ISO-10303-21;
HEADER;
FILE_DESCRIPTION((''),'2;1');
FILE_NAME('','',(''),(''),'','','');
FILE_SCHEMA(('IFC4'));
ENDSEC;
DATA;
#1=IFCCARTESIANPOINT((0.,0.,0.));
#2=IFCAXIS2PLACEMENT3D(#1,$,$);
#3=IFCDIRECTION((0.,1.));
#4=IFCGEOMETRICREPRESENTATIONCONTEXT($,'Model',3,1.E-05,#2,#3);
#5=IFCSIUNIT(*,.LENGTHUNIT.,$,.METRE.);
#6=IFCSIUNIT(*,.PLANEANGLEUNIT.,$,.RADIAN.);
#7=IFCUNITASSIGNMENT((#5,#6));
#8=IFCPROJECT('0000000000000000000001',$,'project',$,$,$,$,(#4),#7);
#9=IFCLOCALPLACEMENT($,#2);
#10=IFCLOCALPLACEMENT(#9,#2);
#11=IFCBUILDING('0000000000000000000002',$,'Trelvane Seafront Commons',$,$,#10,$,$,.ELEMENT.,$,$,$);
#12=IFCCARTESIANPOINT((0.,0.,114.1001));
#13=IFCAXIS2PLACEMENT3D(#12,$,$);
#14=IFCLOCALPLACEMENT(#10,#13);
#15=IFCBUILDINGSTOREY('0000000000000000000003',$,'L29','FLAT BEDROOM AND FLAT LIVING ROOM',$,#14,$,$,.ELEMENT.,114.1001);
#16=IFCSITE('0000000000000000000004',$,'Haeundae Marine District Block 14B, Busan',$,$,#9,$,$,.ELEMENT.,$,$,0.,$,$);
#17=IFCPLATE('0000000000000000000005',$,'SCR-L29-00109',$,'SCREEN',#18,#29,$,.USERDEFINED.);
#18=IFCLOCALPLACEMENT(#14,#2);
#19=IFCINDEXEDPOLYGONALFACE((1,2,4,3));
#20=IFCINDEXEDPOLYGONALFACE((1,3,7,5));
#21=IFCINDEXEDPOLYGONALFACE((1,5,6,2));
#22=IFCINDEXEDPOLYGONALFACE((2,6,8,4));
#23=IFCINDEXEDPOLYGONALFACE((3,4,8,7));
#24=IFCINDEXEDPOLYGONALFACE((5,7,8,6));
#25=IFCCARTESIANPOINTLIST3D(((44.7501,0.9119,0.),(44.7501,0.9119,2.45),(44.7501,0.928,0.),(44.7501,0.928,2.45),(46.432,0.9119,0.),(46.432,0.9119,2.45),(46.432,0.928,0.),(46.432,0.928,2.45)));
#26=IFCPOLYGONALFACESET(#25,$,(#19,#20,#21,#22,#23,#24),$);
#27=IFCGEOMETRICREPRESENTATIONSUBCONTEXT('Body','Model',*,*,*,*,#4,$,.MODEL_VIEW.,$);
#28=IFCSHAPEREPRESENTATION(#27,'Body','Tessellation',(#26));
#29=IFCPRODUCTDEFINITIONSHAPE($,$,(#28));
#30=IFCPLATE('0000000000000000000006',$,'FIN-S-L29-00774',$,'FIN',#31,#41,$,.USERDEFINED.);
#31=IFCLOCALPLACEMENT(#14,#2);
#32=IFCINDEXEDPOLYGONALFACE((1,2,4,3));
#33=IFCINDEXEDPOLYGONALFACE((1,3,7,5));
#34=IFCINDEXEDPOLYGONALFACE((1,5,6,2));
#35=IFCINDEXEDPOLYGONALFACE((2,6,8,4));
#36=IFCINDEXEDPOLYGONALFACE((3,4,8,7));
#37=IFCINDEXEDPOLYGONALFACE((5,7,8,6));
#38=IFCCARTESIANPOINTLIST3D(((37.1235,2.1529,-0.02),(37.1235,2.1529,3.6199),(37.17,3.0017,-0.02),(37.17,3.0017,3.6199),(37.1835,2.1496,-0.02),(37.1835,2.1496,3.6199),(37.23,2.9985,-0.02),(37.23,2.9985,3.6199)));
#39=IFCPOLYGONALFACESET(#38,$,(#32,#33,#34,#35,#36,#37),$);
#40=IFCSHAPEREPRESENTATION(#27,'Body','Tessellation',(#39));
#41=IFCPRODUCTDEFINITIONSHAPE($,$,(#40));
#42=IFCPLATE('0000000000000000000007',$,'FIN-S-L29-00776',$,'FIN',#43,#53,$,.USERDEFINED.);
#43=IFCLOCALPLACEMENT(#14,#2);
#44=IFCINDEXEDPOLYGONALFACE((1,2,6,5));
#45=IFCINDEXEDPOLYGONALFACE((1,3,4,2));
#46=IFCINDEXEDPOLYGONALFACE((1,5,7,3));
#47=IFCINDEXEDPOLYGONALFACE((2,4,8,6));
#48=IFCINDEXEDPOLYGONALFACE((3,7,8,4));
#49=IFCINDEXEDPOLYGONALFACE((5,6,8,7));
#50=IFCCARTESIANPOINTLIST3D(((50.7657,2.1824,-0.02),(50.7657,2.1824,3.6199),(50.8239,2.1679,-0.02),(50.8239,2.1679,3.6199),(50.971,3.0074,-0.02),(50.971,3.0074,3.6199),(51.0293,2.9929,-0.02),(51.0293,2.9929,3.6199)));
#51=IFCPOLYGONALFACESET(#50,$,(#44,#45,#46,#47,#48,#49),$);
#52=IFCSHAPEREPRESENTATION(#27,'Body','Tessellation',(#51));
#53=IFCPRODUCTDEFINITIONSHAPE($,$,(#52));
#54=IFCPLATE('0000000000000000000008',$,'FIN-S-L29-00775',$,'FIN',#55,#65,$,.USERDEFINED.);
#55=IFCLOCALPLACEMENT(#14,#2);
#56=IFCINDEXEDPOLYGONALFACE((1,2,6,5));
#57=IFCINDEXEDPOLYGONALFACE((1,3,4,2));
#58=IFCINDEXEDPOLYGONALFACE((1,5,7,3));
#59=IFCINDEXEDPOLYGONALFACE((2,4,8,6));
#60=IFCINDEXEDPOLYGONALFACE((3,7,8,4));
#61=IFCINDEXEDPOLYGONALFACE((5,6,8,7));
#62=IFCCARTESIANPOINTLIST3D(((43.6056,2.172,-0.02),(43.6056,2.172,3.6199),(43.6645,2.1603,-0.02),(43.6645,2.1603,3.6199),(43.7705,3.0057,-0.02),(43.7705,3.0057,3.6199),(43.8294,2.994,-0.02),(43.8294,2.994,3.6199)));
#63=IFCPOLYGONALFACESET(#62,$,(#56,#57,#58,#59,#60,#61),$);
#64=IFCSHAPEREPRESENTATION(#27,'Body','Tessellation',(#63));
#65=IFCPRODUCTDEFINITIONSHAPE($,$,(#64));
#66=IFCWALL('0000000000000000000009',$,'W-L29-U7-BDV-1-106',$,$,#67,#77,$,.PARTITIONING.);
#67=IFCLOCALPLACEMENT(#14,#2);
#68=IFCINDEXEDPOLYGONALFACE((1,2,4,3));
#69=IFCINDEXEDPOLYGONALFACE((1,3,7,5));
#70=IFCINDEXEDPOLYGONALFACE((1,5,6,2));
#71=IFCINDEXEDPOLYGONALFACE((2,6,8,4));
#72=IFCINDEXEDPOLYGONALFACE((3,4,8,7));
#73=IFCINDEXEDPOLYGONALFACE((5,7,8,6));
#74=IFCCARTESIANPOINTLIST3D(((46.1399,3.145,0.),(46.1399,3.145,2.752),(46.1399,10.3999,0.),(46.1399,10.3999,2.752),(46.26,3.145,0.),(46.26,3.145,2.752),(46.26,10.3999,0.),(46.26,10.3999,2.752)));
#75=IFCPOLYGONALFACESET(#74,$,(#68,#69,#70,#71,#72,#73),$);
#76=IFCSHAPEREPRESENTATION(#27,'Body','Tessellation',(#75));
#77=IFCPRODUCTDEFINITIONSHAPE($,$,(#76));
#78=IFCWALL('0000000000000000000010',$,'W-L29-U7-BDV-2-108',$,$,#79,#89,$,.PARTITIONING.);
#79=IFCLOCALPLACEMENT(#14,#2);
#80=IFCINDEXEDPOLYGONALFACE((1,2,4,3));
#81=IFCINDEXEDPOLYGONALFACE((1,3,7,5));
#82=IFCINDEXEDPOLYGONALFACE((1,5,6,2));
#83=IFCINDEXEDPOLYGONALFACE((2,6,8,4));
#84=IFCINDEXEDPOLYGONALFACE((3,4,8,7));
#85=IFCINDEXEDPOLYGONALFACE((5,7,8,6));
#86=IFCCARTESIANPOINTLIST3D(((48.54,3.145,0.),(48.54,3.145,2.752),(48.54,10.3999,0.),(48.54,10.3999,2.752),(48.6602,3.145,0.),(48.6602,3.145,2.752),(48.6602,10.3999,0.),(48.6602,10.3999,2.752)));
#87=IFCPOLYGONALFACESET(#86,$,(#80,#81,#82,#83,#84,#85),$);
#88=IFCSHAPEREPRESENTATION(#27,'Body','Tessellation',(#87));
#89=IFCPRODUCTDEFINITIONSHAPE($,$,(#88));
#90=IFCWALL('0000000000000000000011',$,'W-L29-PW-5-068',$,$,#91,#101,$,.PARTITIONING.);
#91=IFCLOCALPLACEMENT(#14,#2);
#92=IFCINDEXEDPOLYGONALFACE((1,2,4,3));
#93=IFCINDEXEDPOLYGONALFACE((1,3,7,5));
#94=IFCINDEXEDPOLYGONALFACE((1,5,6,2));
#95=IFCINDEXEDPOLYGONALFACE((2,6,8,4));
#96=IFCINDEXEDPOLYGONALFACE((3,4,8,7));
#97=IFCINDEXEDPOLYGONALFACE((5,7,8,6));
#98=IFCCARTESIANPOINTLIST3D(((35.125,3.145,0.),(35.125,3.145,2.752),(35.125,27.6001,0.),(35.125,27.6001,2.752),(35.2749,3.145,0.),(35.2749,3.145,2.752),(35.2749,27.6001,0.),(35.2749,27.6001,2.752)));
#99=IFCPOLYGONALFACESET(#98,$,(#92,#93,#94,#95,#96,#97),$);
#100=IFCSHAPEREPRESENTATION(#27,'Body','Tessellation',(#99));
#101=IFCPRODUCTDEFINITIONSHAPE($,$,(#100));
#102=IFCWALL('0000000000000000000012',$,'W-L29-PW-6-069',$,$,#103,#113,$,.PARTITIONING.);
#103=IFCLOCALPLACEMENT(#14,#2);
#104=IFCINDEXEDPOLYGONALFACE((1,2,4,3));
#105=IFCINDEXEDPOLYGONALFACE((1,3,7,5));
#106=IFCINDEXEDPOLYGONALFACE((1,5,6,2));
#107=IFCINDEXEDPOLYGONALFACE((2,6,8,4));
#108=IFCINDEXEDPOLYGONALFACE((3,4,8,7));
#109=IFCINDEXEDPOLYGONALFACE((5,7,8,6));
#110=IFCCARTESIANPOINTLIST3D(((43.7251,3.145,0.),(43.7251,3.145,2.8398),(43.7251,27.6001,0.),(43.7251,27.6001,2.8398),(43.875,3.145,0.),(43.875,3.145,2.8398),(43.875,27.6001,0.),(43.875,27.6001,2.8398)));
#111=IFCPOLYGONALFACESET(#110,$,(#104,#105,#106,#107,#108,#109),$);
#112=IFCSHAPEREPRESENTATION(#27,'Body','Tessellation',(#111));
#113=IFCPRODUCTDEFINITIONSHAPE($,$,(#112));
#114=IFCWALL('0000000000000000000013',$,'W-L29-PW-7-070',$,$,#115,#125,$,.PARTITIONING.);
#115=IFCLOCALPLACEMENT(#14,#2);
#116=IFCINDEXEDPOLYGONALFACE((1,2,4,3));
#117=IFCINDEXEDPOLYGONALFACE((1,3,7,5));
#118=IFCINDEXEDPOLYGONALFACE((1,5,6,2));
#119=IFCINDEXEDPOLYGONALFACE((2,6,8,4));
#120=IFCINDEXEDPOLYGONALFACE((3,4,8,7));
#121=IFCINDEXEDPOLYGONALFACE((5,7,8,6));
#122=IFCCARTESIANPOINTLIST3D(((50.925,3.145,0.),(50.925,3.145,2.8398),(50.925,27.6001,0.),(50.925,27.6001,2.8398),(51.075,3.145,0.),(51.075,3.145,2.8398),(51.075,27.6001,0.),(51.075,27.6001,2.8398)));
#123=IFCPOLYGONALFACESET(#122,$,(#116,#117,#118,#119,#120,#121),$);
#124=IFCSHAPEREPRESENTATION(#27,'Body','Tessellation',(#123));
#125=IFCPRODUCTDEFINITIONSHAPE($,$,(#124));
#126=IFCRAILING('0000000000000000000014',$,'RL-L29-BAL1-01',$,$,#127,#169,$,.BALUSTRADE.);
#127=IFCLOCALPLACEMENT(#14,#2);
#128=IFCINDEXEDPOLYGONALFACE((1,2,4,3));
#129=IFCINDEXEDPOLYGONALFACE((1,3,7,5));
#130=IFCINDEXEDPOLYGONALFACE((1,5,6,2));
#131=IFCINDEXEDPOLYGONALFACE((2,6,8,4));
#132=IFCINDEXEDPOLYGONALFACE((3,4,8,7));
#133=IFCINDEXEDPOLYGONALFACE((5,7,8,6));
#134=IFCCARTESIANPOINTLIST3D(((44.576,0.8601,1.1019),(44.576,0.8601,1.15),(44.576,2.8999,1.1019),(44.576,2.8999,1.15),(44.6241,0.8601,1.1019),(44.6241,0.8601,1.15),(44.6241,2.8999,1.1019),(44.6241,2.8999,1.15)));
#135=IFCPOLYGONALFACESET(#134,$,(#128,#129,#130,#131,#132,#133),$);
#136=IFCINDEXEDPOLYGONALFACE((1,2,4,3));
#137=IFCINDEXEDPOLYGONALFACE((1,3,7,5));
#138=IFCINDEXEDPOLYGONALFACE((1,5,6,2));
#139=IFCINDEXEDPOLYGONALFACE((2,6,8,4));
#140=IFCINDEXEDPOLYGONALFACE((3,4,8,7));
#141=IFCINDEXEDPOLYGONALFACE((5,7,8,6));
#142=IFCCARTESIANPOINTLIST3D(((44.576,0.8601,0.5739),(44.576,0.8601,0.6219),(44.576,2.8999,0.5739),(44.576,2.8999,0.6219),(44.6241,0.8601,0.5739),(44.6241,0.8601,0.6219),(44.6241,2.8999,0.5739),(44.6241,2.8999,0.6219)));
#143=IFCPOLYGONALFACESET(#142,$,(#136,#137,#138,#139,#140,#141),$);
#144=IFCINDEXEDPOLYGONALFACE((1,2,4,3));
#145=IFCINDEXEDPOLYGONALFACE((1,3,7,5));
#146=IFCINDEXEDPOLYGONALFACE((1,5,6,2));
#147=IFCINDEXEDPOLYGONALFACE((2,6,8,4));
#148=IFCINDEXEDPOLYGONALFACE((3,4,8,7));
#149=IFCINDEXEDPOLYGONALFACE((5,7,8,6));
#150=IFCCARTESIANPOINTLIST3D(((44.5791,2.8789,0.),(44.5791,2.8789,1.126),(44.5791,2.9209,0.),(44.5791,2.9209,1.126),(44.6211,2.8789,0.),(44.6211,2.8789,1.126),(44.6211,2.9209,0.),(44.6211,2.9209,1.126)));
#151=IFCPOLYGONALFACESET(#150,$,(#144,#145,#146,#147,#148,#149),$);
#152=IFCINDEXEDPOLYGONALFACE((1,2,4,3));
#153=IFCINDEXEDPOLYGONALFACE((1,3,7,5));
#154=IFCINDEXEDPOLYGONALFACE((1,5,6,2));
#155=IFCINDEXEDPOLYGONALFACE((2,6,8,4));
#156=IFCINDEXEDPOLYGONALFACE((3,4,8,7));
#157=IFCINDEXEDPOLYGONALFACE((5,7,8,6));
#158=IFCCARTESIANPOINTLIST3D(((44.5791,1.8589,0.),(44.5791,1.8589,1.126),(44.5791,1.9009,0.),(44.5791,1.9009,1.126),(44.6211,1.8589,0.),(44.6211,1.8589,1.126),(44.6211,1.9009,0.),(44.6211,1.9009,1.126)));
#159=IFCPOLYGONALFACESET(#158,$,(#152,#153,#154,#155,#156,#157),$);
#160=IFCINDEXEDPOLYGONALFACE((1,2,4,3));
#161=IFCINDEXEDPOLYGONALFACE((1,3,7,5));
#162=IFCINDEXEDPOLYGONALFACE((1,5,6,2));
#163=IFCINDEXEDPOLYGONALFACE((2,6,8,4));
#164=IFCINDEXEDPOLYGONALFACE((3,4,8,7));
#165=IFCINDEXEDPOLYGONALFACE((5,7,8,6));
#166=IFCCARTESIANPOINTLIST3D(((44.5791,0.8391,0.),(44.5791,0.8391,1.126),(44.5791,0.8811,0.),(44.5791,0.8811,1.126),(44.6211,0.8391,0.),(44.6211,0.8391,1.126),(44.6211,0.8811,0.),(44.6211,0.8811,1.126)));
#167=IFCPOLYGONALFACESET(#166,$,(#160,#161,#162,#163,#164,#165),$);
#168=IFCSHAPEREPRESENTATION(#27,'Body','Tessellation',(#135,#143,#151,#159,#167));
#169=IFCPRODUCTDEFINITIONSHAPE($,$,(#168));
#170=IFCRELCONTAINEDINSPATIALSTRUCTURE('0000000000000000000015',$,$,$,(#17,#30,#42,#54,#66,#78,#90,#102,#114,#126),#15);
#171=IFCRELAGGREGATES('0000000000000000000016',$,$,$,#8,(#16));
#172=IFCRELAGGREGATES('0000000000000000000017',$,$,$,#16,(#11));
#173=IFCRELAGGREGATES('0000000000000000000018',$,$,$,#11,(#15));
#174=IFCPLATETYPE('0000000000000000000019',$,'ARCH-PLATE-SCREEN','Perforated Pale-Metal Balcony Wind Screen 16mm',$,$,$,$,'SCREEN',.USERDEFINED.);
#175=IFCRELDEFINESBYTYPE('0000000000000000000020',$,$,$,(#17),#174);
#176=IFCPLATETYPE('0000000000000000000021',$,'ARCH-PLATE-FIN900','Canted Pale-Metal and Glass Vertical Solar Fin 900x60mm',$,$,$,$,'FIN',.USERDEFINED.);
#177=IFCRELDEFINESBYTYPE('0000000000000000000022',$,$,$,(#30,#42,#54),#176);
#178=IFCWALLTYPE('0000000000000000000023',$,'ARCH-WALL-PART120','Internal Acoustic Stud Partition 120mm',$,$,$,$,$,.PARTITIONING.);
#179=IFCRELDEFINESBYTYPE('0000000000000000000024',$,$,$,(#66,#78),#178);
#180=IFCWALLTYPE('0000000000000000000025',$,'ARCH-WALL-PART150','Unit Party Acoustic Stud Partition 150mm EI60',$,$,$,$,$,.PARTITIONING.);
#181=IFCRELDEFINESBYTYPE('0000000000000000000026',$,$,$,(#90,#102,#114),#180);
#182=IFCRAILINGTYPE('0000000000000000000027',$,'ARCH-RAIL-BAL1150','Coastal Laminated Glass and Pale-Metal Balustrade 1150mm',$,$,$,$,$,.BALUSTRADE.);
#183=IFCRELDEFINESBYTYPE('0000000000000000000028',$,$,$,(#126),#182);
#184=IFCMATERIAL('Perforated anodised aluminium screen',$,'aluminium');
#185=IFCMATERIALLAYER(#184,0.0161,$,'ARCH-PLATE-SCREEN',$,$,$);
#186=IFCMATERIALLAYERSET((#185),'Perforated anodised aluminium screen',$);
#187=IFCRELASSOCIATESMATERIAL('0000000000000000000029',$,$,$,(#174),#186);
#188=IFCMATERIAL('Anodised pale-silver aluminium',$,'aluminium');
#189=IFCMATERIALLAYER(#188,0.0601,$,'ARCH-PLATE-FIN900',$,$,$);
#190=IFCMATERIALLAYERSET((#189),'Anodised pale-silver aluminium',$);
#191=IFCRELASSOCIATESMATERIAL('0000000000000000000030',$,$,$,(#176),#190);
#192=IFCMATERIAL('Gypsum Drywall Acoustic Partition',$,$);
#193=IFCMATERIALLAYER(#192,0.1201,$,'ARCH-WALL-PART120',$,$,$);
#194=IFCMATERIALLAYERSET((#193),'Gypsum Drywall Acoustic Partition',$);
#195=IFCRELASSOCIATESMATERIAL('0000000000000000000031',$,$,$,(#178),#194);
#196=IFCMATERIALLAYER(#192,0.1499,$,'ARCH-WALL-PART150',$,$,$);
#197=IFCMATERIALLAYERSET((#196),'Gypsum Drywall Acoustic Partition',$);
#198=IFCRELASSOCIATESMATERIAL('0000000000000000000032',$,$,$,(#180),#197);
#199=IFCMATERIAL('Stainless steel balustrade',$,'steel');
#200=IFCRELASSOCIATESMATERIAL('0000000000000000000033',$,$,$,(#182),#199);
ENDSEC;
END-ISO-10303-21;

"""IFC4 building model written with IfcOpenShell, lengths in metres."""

from ifc_helpers import new_model, si_unit, direction, frame, frame_2d, origin, origin_2d, place, context, subcontext, project, spatial, rectangle, extrude, source, transform, mapped, material, layer, layer_set, type_object, element, save


model = new_model("IFC4")

# Units and contexts
model_context = context("Model", 3, precision=1e-05, world=origin(), true_north=direction((0.0, 1.0)))
body_context = subcontext(model_context, "Body", "Model", "MODEL_VIEW")
ifc_project = project(units=[si_unit("LENGTHUNIT", "METRE"), si_unit("PLANEANGLEUNIT", "RADIAN")], contexts=[model_context])

# Site, building, storey
site_placement = place(None, origin())
site = spatial("IfcSite", under=ifc_project, at=site_placement, Name="Haeundae Marine District Block 14B, Busan", CompositionType="ELEMENT", RefElevation=0.0)
building_placement = place(site_placement, origin())
building = spatial("IfcBuilding", under=site, at=building_placement, Name="Trelvane Seafront Commons", CompositionType="ELEMENT")
storey_placement = place(building_placement, frame((0.0, 0.0, 114.1001)))
storey = spatial("IfcBuildingStorey", under=building, at=storey_placement, Name="L29", Description="FLAT BEDROOM AND FLAT LIVING ROOM", CompositionType="ELEMENT", Elevation=114.1001)

# Plates
ifc_material_1 = material(Name="Perforated anodised aluminium screen", Category="aluminium")
ifc_layer_1 = layer(ifc_material_1, 0.0161, Name="ARCH-PLATE-SCREEN")
ifc_layer_set_1 = layer_set([ifc_layer_1], Name="Perforated anodised aluminium screen")
plate_type_1 = type_object("IfcPlateType", Name="ARCH-PLATE-SCREEN", Description="Perforated Pale-Metal Balcony Wind Screen 16mm", ElementType="SCREEN", PredefinedType="USERDEFINED", material=ifc_layer_set_1)
shared_shape_1 = source(origin(), body_context, "Body", "SweptSolid", [
    extrude(rectangle(XDim=1.6819, YDim=0.0161, at=origin_2d()), origin(), (0.0, 0.0, 1.0), 2.45),
])
plate_1_placement = place(storey_placement, frame((45.5911, 0.9199, 0.0), z_axis=(0.0, 0.0, 1.0), x_axis=(1.0, 0.0, 0.0)))
element("IfcPlate", 1, at=plate_1_placement, inside=storey, type_object=plate_type_1, Name="SCR-L29-00109", ObjectType="SCREEN", PredefinedType="USERDEFINED", context=body_context, shape_type="MappedRepresentation", body=[
    mapped(shared_shape_1, transform((0.0, 0.0, 0.0), x_axis=(1.0, 0.0, 0.0), y_axis=(0.0, 1.0, 0.0), z_axis=(0.0, 0.0, 1.0), scale=1.0)),
])
ifc_material_2 = material(Name="Anodised pale-silver aluminium", Category="aluminium")
ifc_layer_2 = layer(ifc_material_2, 0.0601, Name="ARCH-PLATE-FIN900")
ifc_layer_set_2 = layer_set([ifc_layer_2], Name="Anodised pale-silver aluminium")
plate_type_2 = type_object("IfcPlateType", Name="ARCH-PLATE-FIN900", Description="Canted Pale-Metal and Glass Vertical Solar Fin 900x60mm", ElementType="FIN", PredefinedType="USERDEFINED", material=ifc_layer_set_2)
shared_shape_2 = source(origin(), body_context, "Body", "SweptSolid", [
    extrude(rectangle(XDim=0.8501, YDim=0.0601, at=origin_2d()), origin(), (0.0, 0.0, 1.0), 3.6399),
])
for number, where, z_axis, x_axis, name in (
    (2, (37.1768, 2.5757, -0.02), (0.0, 0.0, 1.0), (-0.054708, -0.998502, 0.0), "FIN-S-L29-00774"),
    (3, (50.8975, 2.5876, -0.02), (0.0, 0.0, 1.0), (-0.241539, -0.970391, 0.0), "FIN-S-L29-00776"),
):
    element("IfcPlate", number, at=place(storey_placement, frame(where, z_axis=z_axis, x_axis=x_axis)), inside=storey, type_object=plate_type_2, Name=name, ObjectType="FIN", PredefinedType="USERDEFINED", context=body_context, shape_type="MappedRepresentation", body=[
        mapped(shared_shape_2, transform((0.0, 0.0, 0.0), x_axis=(1.0, 0.0, 0.0), y_axis=(0.0, 1.0, 0.0), z_axis=(0.0, 0.0, 1.0), scale=1.0)),
    ])
shared_shape_3 = source(origin(), body_context, "Body", "SweptSolid", [
    extrude(rectangle(XDim=0.8499, YDim=0.0601, at=origin_2d()), origin(), (0.0, 0.0, 1.0), 3.6399),
])
plate_2_placement = place(storey_placement, frame((43.7175, 2.583, -0.02), z_axis=(0.0, 0.0, 1.0), x_axis=(-0.194012, -0.980999, 0.0)))
element("IfcPlate", 4, at=plate_2_placement, inside=storey, type_object=plate_type_2, Name="FIN-S-L29-00775", ObjectType="FIN", PredefinedType="USERDEFINED", context=body_context, shape_type="MappedRepresentation", body=[
    mapped(shared_shape_3, transform((0.0, 0.0, 0.0), x_axis=(1.0, 0.0, 0.0), y_axis=(0.0, 1.0, 0.0), z_axis=(0.0, 0.0, 1.0), scale=1.0)),
])

# Shared definitions
ifc_material_3 = material(Name="Gypsum Drywall Acoustic Partition")
ifc_layer_3 = layer(ifc_material_3, 0.1201, Name="ARCH-WALL-PART120")
ifc_layer_set_3 = layer_set([ifc_layer_3], Name="Gypsum Drywall Acoustic Partition")
wall_type_1 = type_object("IfcWallType", Name="ARCH-WALL-PART120", Description="Internal Acoustic Stud Partition 120mm", PredefinedType="PARTITIONING", material=ifc_layer_set_3)

# Wall
wall_1_placement = place(storey_placement, frame((46.2, 3.145, 0.0), z_axis=(0.0, 0.0, 1.0), x_axis=(0.0, 1.0, 0.0)))
element("IfcWall", 5, at=wall_1_placement, inside=storey, type_object=wall_type_1, Name="W-L29-U7-BDV-1-106", PredefinedType="PARTITIONING", context=body_context, shape_type="SweptSolid", body=[
    extrude(rectangle(XDim=7.2549, YDim=0.1201, at=frame_2d((3.6274, 0.0))), origin(), (0.0, 0.0, 1.0), 2.752),
])

# Walls
wall_2_placement = place(storey_placement, frame((48.6001, 3.145, 0.0), z_axis=(0.0, 0.0, 1.0), x_axis=(0.0, 1.0, 0.0)))
element("IfcWall", 6, at=wall_2_placement, inside=storey, type_object=wall_type_1, Name="W-L29-U7-BDV-2-108", PredefinedType="PARTITIONING", context=body_context, shape_type="SweptSolid", body=[
    extrude(rectangle(XDim=7.2549, YDim=0.1201, at=frame_2d((3.6274, 0.0))), origin(), (0.0, 0.0, 1.0), 2.752),
])
ifc_layer_4 = layer(ifc_material_3, 0.1499, Name="ARCH-WALL-PART150")
ifc_layer_set_4 = layer_set([ifc_layer_4], Name="Gypsum Drywall Acoustic Partition")
wall_type_2 = type_object("IfcWallType", Name="ARCH-WALL-PART150", Description="Unit Party Acoustic Stud Partition 150mm EI60", PredefinedType="PARTITIONING", material=ifc_layer_set_4)
wall_3_placement = place(storey_placement, frame((35.2, 3.145, 0.0), z_axis=(0.0, 0.0, 1.0), x_axis=(0.0, 1.0, 0.0)))
element("IfcWall", 7, at=wall_3_placement, inside=storey, type_object=wall_type_2, Name="W-L29-PW-5-068", PredefinedType="PARTITIONING", context=body_context, shape_type="SweptSolid", body=[
    extrude(rectangle(XDim=24.4551, YDim=0.1499, at=frame_2d((12.2275, 0.0))), origin(), (0.0, 0.0, 1.0), 2.752),
])
for number, where, z_axis, x_axis, name in (
    (8, (43.8, 3.145, 0.0), (0.0, 0.0, 1.0), (0.0, 1.0, 0.0), "W-L29-PW-6-069"),
    (9, (51.0, 3.145, 0.0), (0.0, 0.0, 1.0), (0.0, 1.0, 0.0), "W-L29-PW-7-070"),
):
    element("IfcWall", number, at=place(storey_placement, frame(where, z_axis=z_axis, x_axis=x_axis)), inside=storey, type_object=wall_type_2, Name=name, PredefinedType="PARTITIONING", context=body_context, shape_type="SweptSolid", body=[
        extrude(rectangle(XDim=24.4551, YDim=0.1499, at=frame_2d((12.2275, 0.0))), origin(), (0.0, 0.0, 1.0), 2.8398),
    ])

# Railing
ifc_material_4 = material(Name="Stainless steel balustrade", Category="steel")
railing_type = type_object("IfcRailingType", Name="ARCH-RAIL-BAL1150", Description="Coastal Laminated Glass and Pale-Metal Balustrade 1150mm", PredefinedType="BALUSTRADE", material=ifc_material_4)
railing_1_placement = place(storey_placement, frame((44.6001, 2.8999, 0.0)))
element("IfcRailing", 10, at=railing_1_placement, inside=storey, type_object=railing_type, Name="RL-L29-BAL1-01", PredefinedType="BALUSTRADE", context=body_context, shape_type="SweptSolid", body=[
    extrude(rectangle(XDim=0.0481, YDim=0.0481, at=origin_2d()), frame((0.0, 0.0, 1.126), z_axis=(0.0, -1.0, 0.0), x_axis=(1.0, 0.0, 0.0)), (0.0, 0.0, 1.0), 2.0398),
    extrude(rectangle(XDim=0.0481, YDim=0.0481, at=origin_2d()), frame((0.0, 0.0, 0.5979), z_axis=(0.0, -1.0, 0.0), x_axis=(1.0, 0.0, 0.0)), (0.0, 0.0, 1.0), 2.0398),
    extrude(rectangle(XDim=0.042, YDim=0.042, at=origin_2d()), origin(), (0.0, 0.0, 1.0), 1.126),
    extrude(rectangle(XDim=0.042, YDim=0.042, at=origin_2d()), frame((0.0, -1.02, 0.0)), (0.0, 0.0, 1.0), 1.126),
    extrude(rectangle(XDim=0.042, YDim=0.042, at=origin_2d()), frame((0.0, -2.0398, 0.0)), (0.0, 0.0, 1.0), 1.126),
])

save(model, "model.ifc")
